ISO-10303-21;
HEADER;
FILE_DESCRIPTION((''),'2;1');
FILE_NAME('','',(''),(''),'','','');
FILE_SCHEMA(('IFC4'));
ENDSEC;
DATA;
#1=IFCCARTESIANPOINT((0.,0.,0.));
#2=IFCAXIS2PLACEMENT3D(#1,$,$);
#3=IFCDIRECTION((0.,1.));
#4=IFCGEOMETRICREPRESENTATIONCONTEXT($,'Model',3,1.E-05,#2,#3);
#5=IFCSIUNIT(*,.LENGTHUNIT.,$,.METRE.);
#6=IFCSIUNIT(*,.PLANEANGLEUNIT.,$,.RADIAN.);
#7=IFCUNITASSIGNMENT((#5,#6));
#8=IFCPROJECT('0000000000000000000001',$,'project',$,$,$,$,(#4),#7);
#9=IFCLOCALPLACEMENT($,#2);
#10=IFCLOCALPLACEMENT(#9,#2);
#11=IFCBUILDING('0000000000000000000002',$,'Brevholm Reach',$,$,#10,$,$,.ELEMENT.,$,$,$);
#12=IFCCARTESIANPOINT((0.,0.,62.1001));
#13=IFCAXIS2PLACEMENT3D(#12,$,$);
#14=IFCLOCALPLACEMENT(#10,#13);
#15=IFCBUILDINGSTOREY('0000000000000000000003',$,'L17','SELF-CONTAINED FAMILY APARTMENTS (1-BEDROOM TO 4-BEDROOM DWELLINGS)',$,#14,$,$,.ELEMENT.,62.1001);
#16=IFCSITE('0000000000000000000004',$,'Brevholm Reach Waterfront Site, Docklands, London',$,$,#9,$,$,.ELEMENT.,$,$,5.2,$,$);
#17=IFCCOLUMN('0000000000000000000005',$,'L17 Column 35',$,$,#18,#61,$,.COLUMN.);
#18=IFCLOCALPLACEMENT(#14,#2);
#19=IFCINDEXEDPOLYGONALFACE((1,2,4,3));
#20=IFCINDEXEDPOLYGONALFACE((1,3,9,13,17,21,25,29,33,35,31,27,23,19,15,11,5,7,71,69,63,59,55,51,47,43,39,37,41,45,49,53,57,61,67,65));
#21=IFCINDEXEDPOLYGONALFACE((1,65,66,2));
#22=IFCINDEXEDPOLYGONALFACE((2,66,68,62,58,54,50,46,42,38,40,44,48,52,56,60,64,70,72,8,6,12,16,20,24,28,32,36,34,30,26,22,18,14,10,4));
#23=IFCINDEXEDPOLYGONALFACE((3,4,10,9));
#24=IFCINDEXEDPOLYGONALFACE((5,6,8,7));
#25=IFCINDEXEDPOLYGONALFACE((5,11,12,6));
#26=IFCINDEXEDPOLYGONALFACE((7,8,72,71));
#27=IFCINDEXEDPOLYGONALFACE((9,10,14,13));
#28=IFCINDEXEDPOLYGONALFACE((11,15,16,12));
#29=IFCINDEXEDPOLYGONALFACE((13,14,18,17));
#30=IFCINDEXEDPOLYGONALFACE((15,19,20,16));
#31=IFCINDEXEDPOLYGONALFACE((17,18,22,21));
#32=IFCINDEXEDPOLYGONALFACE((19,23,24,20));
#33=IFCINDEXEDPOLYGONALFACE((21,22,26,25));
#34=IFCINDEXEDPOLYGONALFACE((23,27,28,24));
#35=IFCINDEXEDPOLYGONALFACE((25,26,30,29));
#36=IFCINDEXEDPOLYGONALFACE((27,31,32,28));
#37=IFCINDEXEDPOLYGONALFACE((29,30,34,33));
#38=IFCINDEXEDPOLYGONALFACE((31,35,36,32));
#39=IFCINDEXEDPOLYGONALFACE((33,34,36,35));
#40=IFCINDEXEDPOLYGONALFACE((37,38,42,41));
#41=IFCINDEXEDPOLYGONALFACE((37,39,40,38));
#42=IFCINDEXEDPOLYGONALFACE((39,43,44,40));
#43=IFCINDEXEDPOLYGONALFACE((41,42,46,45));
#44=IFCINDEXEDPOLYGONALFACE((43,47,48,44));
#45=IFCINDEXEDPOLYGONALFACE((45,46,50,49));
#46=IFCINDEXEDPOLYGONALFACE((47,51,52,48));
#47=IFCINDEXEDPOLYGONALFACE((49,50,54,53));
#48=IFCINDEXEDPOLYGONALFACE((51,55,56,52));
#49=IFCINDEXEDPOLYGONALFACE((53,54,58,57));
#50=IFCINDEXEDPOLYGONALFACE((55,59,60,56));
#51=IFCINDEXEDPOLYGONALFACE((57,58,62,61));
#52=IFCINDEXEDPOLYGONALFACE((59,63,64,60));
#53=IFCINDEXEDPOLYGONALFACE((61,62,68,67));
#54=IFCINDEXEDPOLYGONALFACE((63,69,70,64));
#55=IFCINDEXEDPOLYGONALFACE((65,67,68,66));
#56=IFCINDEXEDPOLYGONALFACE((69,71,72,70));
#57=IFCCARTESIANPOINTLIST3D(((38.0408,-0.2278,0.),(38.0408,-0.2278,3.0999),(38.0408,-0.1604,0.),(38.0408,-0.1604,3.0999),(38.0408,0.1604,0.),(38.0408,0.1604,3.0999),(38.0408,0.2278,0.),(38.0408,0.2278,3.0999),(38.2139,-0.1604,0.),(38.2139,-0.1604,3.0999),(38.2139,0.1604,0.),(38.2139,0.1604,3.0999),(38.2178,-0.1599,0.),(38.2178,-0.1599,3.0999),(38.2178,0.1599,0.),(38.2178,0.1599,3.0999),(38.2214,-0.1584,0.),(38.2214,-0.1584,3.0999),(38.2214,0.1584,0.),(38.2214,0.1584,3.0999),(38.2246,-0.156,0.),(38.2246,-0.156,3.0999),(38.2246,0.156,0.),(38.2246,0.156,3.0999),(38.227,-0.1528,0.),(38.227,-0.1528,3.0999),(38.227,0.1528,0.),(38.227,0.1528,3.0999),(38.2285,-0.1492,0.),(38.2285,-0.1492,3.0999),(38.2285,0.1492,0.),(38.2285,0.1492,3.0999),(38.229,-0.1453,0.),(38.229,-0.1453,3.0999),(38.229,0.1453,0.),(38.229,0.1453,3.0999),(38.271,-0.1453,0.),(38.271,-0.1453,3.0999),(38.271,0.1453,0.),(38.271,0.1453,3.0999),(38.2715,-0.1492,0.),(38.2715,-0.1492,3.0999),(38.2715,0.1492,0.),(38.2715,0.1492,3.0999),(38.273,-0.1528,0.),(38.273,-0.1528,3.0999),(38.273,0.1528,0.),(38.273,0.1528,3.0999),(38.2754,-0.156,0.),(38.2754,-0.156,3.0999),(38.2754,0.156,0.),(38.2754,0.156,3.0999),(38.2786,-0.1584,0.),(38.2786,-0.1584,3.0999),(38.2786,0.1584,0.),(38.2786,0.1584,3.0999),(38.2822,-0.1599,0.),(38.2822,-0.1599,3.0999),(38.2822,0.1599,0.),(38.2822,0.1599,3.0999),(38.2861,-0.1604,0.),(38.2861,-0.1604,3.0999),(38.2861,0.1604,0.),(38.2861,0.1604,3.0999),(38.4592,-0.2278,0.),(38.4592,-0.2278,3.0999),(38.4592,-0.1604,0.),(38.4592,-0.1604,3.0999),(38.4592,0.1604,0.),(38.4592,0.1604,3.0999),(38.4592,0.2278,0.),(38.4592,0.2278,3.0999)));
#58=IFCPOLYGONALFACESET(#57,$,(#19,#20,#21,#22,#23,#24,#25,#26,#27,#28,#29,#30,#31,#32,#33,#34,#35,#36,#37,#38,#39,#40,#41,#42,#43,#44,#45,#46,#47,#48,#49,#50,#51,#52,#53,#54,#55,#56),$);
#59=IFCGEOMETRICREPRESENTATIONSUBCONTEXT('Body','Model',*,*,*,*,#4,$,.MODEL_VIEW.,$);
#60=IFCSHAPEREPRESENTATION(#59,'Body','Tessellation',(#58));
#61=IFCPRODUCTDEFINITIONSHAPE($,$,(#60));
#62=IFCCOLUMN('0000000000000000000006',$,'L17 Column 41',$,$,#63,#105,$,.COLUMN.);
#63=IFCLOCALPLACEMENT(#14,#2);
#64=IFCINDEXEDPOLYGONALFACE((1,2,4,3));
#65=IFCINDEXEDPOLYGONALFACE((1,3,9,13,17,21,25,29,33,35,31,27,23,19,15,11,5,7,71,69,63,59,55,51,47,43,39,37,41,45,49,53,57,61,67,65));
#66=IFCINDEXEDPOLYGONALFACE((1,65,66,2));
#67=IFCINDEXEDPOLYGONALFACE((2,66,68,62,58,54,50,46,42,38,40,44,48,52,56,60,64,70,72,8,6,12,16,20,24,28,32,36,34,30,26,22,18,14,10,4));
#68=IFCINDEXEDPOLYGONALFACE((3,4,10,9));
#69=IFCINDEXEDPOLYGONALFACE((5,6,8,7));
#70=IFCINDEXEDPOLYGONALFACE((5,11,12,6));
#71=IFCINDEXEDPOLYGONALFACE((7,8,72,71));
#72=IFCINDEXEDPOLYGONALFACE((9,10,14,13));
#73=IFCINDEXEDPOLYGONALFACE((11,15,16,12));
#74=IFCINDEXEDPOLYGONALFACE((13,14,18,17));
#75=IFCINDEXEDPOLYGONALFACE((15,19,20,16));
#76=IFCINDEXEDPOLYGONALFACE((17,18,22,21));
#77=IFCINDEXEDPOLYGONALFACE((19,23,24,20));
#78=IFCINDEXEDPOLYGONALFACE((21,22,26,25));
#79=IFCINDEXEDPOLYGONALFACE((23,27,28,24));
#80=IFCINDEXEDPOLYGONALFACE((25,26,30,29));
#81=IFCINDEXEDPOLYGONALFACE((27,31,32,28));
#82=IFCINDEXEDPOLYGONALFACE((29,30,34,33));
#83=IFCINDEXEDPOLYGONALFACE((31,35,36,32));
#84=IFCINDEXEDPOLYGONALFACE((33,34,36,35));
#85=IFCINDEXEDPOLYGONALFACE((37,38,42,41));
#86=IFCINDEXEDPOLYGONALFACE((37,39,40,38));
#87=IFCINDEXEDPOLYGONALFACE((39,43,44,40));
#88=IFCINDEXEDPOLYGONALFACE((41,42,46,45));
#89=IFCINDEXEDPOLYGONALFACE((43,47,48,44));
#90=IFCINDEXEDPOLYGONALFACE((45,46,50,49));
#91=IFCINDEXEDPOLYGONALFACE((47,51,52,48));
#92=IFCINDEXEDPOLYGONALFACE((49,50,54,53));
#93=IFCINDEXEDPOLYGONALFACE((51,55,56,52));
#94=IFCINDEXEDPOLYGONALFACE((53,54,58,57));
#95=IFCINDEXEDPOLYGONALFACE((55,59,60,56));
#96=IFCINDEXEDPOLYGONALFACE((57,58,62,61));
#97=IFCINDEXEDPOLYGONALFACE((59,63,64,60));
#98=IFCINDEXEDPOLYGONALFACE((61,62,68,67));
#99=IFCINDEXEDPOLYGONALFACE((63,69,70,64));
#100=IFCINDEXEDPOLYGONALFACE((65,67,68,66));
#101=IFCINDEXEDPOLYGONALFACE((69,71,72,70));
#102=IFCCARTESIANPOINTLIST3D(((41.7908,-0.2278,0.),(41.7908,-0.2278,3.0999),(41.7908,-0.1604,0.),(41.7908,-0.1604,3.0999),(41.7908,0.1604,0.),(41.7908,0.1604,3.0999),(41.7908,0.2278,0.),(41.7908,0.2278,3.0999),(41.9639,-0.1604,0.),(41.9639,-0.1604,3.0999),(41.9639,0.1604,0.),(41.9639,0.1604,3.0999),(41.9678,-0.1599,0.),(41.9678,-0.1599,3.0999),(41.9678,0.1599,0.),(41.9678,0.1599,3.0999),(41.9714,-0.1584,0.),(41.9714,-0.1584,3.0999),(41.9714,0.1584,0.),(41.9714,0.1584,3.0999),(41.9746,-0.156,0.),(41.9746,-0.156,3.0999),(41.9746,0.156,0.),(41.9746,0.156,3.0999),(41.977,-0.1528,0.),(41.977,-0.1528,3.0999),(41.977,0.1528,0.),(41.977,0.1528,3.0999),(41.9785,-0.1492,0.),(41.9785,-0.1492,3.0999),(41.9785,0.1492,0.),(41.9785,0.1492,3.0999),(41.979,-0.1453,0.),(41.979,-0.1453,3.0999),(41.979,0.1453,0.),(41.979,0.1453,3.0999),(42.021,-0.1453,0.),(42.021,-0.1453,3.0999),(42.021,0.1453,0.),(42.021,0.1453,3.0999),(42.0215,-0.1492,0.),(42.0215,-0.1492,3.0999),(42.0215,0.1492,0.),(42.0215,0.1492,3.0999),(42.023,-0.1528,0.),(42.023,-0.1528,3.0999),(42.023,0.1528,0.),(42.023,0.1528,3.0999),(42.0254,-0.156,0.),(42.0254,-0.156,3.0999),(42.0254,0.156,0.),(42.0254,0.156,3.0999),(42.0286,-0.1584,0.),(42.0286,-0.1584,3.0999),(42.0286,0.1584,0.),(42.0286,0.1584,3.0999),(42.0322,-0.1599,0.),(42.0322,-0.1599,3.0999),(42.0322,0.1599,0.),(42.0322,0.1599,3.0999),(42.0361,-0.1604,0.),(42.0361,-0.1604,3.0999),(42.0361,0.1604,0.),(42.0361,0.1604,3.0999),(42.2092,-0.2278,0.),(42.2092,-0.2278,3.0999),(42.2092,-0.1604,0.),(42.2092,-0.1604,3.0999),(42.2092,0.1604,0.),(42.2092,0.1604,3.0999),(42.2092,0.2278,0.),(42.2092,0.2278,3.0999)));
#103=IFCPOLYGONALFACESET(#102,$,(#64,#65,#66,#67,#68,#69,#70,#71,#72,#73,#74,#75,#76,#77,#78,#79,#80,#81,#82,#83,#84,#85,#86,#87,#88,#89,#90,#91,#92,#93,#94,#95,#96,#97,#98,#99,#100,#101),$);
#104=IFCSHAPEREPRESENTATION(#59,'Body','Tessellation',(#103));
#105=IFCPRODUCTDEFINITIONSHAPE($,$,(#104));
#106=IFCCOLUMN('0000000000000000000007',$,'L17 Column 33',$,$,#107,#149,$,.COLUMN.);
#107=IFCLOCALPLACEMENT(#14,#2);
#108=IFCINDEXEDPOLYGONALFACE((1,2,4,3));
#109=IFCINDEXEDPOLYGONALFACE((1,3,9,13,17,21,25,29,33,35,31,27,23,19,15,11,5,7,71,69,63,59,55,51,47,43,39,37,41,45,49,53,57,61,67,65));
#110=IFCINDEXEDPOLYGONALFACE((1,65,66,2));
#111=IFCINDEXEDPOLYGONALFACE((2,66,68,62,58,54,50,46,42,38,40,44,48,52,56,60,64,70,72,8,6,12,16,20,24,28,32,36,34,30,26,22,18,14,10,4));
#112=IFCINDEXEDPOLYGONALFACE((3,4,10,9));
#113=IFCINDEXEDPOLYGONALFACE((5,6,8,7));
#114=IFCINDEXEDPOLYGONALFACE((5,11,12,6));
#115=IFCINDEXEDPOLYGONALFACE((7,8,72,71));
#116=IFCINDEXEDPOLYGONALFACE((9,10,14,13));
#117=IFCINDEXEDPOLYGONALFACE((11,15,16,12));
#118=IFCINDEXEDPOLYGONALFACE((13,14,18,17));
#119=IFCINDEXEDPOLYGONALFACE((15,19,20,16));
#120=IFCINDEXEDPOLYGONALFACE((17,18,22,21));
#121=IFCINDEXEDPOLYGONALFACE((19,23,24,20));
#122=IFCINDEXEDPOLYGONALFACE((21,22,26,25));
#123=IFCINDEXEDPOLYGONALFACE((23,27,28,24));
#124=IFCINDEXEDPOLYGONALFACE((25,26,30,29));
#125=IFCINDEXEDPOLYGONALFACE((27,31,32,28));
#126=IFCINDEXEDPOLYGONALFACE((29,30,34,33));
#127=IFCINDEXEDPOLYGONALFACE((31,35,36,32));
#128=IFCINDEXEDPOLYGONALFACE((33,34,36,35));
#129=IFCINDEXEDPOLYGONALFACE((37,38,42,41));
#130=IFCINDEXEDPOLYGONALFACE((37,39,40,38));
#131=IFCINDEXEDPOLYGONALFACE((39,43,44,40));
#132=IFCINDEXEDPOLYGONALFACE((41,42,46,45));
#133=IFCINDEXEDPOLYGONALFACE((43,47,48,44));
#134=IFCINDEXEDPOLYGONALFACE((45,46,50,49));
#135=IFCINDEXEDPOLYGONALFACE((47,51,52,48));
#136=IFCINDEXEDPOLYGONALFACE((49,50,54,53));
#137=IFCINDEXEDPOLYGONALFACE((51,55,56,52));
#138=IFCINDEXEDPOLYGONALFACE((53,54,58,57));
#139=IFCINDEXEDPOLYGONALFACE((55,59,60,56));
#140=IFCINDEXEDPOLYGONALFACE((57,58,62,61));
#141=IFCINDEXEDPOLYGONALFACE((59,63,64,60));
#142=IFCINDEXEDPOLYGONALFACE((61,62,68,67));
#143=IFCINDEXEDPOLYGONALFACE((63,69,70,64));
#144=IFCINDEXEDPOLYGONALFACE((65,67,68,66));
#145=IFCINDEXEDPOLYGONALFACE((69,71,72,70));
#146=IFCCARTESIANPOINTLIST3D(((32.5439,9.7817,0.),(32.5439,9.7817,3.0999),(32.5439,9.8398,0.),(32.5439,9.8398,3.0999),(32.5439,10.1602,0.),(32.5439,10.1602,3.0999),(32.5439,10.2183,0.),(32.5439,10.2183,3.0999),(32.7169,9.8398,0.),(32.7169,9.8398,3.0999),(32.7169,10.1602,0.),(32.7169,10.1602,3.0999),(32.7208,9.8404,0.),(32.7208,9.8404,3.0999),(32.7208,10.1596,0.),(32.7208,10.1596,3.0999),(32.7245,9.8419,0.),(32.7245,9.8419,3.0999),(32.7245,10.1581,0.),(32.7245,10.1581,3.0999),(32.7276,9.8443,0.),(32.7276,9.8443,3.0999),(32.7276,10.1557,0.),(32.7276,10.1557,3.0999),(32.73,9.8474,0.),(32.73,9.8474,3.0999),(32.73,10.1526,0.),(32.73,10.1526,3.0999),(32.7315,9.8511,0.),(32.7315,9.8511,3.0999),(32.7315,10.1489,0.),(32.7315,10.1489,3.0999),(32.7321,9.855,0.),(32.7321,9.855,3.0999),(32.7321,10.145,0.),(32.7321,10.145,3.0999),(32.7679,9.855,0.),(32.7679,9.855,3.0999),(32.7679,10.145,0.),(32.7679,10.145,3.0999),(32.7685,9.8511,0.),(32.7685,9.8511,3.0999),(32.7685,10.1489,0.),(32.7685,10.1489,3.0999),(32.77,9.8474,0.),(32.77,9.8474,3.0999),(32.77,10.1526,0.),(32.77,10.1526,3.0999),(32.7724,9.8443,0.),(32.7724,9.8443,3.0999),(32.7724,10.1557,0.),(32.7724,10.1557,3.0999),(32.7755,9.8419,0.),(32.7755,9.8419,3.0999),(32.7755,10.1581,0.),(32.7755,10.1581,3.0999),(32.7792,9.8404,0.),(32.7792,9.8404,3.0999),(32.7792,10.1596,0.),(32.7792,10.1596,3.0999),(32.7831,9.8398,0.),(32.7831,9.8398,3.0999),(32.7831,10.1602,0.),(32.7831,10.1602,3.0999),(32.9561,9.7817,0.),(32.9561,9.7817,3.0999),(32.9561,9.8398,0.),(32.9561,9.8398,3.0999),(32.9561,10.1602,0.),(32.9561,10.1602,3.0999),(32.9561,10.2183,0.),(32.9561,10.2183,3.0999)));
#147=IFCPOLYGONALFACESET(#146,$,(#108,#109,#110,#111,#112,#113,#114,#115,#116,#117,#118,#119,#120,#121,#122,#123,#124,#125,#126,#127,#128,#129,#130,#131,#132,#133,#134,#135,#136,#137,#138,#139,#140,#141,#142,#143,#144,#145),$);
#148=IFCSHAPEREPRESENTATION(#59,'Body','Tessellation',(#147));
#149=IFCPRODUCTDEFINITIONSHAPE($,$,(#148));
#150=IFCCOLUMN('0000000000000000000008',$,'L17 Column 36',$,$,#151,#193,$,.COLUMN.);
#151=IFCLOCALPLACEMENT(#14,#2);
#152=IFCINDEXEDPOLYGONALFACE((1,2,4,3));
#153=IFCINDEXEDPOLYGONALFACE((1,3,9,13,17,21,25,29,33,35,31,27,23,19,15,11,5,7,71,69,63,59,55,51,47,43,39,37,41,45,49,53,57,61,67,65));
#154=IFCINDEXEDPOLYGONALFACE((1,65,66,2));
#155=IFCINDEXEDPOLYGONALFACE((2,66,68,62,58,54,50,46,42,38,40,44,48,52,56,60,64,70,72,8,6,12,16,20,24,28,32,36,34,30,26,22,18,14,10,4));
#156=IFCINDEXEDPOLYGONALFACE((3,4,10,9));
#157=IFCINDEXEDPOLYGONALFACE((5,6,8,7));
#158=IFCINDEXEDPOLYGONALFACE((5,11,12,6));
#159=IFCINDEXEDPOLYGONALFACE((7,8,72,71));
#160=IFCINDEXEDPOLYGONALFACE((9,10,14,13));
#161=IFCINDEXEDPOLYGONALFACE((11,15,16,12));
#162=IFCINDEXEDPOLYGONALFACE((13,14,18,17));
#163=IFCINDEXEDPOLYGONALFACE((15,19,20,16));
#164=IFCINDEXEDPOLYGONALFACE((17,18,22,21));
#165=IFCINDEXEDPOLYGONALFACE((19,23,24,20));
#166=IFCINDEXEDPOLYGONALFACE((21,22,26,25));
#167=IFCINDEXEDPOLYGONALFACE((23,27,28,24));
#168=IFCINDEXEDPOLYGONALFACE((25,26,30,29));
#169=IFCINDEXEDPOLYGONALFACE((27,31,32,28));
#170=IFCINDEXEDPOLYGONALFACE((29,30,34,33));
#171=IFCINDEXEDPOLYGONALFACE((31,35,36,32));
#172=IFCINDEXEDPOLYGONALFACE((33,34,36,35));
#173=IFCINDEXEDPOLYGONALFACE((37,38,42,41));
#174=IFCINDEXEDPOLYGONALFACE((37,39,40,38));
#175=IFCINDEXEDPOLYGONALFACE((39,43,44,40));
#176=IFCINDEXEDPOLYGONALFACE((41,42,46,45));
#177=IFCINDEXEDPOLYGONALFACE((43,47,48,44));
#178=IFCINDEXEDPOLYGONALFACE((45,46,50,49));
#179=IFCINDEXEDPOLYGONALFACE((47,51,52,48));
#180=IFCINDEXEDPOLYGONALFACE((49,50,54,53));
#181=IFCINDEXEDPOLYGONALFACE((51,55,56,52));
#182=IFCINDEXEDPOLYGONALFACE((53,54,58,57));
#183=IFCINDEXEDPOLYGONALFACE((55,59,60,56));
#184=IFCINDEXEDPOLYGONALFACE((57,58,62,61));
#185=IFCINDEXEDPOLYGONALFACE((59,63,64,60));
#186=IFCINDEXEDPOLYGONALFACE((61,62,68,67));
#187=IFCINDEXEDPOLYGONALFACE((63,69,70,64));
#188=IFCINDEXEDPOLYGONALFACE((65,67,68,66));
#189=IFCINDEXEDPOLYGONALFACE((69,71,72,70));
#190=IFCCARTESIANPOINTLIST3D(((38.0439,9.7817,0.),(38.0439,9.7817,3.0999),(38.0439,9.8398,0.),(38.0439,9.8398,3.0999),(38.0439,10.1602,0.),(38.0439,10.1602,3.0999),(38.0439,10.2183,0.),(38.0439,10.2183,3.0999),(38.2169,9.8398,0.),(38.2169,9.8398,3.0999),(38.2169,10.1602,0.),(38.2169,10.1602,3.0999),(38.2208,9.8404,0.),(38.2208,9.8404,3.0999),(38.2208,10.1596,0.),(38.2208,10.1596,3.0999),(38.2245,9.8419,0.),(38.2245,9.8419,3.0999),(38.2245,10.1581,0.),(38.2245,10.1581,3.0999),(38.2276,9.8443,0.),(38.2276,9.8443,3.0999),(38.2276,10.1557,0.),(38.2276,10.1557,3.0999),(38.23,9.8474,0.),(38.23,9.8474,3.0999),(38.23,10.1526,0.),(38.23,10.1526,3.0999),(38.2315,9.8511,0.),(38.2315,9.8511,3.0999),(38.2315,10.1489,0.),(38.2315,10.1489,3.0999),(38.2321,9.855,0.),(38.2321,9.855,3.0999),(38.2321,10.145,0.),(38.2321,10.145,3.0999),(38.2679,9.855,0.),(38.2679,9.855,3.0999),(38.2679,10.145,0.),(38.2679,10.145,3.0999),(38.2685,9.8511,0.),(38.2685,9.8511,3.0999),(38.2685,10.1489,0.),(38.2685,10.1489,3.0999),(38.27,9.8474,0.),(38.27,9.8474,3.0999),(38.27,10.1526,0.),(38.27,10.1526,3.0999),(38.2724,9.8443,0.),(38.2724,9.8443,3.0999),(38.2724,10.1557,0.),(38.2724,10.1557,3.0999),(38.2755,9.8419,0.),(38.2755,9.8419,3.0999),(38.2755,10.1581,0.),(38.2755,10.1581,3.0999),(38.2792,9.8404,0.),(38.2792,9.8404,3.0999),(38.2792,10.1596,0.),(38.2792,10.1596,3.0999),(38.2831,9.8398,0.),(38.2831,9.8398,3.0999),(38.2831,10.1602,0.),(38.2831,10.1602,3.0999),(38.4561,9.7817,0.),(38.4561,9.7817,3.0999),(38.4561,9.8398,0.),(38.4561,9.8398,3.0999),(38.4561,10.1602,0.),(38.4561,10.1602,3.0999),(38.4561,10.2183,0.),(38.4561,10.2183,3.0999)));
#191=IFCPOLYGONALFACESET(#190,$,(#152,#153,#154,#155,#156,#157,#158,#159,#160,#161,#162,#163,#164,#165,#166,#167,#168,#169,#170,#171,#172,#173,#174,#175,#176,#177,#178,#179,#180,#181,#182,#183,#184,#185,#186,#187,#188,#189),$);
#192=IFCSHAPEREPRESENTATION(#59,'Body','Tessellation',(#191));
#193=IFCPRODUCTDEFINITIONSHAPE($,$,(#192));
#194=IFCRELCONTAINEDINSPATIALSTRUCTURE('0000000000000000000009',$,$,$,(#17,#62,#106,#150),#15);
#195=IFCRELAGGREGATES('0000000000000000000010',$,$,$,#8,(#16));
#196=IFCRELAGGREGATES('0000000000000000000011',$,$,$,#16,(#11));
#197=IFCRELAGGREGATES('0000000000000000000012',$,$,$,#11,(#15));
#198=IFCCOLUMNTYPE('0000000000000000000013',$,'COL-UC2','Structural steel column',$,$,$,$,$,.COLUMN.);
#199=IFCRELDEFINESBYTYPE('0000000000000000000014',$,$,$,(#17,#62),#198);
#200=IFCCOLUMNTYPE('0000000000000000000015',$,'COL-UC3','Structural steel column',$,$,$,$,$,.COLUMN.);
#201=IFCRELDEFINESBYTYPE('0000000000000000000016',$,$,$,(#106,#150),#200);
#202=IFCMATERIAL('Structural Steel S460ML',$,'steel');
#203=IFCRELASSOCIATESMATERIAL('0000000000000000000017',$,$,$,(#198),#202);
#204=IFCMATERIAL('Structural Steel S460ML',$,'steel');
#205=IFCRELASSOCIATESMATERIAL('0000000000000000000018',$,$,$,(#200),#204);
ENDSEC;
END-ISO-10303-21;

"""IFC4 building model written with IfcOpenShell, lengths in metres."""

from ifc_helpers import new_model, si_unit, direction, frame, origin, origin_2d, place, context, subcontext, project, spatial, i_section, extrude, material, material_profile, profile_set, type_object, element, save


model = new_model("IFC4")

# Units and contexts
model_context = context("Model", 3, precision=1e-05, world=origin(), true_north=direction((0.0, 1.0)))
body_context = subcontext(model_context, "Body", "Model", "MODEL_VIEW")
ifc_project = project(units=[si_unit("LENGTHUNIT", "METRE"), si_unit("PLANEANGLEUNIT", "RADIAN")], contexts=[model_context])

# Site, building, storey
site_placement = place(None, origin())
site = spatial("IfcSite", under=ifc_project, at=site_placement, Name="Brevholm Reach Waterfront Site, Docklands, London", CompositionType="ELEMENT", RefElevation=5.2)
building_placement = place(site_placement, origin())
building = spatial("IfcBuilding", under=site, at=building_placement, Name="Brevholm Reach", CompositionType="ELEMENT")
storey_placement = place(building_placement, frame((0.0, 0.0, 62.1001)))
storey = spatial("IfcBuildingStorey", under=building, at=storey_placement, Name="L17", Description="SELF-CONTAINED FAMILY APARTMENTS (1-BEDROOM TO 4-BEDROOM DWELLINGS)", CompositionType="ELEMENT", Elevation=62.1001)

# Columns
ifc_material_1 = material(Name="Structural Steel S460ML", Category="steel")
ifc_material_profile_1 = material_profile(ifc_material_1, i_section(OverallWidth=0.4185, OverallDepth=0.4556, WebThickness=0.042, FlangeThickness=0.0674, FilletRadius=0.0151, at=origin_2d()), Name="UKC 356x406x551")
ifc_profile_set_1 = profile_set([ifc_material_profile_1], Name="Structural Steel S460ML")
column_type_1 = type_object("IfcColumnType", Name="COL-UC2", Description="Structural steel column", PredefinedType="COLUMN", material=ifc_profile_set_1)
for number, where, z_axis, x_axis, name in (
    (1, (38.25, 0.0, 0.0), (0.0, 0.0, 1.0), (1.0, 0.0, 0.0), "L17 Column 35"),
    (2, (42.0, 0.0, 0.0), (0.0, 0.0, 1.0), (1.0, 0.0, 0.0), "L17 Column 41"),
):
    element("IfcColumn", number, at=place(storey_placement, frame(where, z_axis=z_axis, x_axis=x_axis)), inside=storey, type_object=column_type_1, Name=name, PredefinedType="COLUMN", context=body_context, shape_type="SweptSolid", body=[
        extrude(i_section(OverallWidth=0.4185, OverallDepth=0.4556, WebThickness=0.042, FlangeThickness=0.0674, FilletRadius=0.0151, at=origin_2d()), origin(), (0.0, 0.0, 1.0), 3.0999),
    ])
ifc_material_2 = material(Name="Structural Steel S460ML", Category="steel")
ifc_material_profile_2 = material_profile(ifc_material_2, i_section(OverallWidth=0.4121, OverallDepth=0.4365, WebThickness=0.0359, FlangeThickness=0.0581, FilletRadius=0.0151, at=origin_2d()), Name="UKC 356x406x467")
ifc_profile_set_2 = profile_set([ifc_material_profile_2], Name="Structural Steel S460ML")
column_type_2 = type_object("IfcColumnType", Name="COL-UC3", Description="Structural steel column", PredefinedType="COLUMN", material=ifc_profile_set_2)
for number, where, z_axis, x_axis, name in (
    (3, (32.75, 10.0, 0.0), (0.0, 0.0, 1.0), (1.0, 0.0, 0.0), "L17 Column 33"),
    (4, (38.25, 10.0, 0.0), (0.0, 0.0, 1.0), (1.0, 0.0, 0.0), "L17 Column 36"),
):
    element("IfcColumn", number, at=place(storey_placement, frame(where, z_axis=z_axis, x_axis=x_axis)), inside=storey, type_object=column_type_2, Name=name, PredefinedType="COLUMN", context=body_context, shape_type="SweptSolid", body=[
        extrude(i_section(OverallWidth=0.4121, OverallDepth=0.4365, WebThickness=0.0359, FlangeThickness=0.0581, FilletRadius=0.0151, at=origin_2d()), origin(), (0.0, 0.0, 1.0), 3.0999),
    ])

save(model, "model.ifc")
